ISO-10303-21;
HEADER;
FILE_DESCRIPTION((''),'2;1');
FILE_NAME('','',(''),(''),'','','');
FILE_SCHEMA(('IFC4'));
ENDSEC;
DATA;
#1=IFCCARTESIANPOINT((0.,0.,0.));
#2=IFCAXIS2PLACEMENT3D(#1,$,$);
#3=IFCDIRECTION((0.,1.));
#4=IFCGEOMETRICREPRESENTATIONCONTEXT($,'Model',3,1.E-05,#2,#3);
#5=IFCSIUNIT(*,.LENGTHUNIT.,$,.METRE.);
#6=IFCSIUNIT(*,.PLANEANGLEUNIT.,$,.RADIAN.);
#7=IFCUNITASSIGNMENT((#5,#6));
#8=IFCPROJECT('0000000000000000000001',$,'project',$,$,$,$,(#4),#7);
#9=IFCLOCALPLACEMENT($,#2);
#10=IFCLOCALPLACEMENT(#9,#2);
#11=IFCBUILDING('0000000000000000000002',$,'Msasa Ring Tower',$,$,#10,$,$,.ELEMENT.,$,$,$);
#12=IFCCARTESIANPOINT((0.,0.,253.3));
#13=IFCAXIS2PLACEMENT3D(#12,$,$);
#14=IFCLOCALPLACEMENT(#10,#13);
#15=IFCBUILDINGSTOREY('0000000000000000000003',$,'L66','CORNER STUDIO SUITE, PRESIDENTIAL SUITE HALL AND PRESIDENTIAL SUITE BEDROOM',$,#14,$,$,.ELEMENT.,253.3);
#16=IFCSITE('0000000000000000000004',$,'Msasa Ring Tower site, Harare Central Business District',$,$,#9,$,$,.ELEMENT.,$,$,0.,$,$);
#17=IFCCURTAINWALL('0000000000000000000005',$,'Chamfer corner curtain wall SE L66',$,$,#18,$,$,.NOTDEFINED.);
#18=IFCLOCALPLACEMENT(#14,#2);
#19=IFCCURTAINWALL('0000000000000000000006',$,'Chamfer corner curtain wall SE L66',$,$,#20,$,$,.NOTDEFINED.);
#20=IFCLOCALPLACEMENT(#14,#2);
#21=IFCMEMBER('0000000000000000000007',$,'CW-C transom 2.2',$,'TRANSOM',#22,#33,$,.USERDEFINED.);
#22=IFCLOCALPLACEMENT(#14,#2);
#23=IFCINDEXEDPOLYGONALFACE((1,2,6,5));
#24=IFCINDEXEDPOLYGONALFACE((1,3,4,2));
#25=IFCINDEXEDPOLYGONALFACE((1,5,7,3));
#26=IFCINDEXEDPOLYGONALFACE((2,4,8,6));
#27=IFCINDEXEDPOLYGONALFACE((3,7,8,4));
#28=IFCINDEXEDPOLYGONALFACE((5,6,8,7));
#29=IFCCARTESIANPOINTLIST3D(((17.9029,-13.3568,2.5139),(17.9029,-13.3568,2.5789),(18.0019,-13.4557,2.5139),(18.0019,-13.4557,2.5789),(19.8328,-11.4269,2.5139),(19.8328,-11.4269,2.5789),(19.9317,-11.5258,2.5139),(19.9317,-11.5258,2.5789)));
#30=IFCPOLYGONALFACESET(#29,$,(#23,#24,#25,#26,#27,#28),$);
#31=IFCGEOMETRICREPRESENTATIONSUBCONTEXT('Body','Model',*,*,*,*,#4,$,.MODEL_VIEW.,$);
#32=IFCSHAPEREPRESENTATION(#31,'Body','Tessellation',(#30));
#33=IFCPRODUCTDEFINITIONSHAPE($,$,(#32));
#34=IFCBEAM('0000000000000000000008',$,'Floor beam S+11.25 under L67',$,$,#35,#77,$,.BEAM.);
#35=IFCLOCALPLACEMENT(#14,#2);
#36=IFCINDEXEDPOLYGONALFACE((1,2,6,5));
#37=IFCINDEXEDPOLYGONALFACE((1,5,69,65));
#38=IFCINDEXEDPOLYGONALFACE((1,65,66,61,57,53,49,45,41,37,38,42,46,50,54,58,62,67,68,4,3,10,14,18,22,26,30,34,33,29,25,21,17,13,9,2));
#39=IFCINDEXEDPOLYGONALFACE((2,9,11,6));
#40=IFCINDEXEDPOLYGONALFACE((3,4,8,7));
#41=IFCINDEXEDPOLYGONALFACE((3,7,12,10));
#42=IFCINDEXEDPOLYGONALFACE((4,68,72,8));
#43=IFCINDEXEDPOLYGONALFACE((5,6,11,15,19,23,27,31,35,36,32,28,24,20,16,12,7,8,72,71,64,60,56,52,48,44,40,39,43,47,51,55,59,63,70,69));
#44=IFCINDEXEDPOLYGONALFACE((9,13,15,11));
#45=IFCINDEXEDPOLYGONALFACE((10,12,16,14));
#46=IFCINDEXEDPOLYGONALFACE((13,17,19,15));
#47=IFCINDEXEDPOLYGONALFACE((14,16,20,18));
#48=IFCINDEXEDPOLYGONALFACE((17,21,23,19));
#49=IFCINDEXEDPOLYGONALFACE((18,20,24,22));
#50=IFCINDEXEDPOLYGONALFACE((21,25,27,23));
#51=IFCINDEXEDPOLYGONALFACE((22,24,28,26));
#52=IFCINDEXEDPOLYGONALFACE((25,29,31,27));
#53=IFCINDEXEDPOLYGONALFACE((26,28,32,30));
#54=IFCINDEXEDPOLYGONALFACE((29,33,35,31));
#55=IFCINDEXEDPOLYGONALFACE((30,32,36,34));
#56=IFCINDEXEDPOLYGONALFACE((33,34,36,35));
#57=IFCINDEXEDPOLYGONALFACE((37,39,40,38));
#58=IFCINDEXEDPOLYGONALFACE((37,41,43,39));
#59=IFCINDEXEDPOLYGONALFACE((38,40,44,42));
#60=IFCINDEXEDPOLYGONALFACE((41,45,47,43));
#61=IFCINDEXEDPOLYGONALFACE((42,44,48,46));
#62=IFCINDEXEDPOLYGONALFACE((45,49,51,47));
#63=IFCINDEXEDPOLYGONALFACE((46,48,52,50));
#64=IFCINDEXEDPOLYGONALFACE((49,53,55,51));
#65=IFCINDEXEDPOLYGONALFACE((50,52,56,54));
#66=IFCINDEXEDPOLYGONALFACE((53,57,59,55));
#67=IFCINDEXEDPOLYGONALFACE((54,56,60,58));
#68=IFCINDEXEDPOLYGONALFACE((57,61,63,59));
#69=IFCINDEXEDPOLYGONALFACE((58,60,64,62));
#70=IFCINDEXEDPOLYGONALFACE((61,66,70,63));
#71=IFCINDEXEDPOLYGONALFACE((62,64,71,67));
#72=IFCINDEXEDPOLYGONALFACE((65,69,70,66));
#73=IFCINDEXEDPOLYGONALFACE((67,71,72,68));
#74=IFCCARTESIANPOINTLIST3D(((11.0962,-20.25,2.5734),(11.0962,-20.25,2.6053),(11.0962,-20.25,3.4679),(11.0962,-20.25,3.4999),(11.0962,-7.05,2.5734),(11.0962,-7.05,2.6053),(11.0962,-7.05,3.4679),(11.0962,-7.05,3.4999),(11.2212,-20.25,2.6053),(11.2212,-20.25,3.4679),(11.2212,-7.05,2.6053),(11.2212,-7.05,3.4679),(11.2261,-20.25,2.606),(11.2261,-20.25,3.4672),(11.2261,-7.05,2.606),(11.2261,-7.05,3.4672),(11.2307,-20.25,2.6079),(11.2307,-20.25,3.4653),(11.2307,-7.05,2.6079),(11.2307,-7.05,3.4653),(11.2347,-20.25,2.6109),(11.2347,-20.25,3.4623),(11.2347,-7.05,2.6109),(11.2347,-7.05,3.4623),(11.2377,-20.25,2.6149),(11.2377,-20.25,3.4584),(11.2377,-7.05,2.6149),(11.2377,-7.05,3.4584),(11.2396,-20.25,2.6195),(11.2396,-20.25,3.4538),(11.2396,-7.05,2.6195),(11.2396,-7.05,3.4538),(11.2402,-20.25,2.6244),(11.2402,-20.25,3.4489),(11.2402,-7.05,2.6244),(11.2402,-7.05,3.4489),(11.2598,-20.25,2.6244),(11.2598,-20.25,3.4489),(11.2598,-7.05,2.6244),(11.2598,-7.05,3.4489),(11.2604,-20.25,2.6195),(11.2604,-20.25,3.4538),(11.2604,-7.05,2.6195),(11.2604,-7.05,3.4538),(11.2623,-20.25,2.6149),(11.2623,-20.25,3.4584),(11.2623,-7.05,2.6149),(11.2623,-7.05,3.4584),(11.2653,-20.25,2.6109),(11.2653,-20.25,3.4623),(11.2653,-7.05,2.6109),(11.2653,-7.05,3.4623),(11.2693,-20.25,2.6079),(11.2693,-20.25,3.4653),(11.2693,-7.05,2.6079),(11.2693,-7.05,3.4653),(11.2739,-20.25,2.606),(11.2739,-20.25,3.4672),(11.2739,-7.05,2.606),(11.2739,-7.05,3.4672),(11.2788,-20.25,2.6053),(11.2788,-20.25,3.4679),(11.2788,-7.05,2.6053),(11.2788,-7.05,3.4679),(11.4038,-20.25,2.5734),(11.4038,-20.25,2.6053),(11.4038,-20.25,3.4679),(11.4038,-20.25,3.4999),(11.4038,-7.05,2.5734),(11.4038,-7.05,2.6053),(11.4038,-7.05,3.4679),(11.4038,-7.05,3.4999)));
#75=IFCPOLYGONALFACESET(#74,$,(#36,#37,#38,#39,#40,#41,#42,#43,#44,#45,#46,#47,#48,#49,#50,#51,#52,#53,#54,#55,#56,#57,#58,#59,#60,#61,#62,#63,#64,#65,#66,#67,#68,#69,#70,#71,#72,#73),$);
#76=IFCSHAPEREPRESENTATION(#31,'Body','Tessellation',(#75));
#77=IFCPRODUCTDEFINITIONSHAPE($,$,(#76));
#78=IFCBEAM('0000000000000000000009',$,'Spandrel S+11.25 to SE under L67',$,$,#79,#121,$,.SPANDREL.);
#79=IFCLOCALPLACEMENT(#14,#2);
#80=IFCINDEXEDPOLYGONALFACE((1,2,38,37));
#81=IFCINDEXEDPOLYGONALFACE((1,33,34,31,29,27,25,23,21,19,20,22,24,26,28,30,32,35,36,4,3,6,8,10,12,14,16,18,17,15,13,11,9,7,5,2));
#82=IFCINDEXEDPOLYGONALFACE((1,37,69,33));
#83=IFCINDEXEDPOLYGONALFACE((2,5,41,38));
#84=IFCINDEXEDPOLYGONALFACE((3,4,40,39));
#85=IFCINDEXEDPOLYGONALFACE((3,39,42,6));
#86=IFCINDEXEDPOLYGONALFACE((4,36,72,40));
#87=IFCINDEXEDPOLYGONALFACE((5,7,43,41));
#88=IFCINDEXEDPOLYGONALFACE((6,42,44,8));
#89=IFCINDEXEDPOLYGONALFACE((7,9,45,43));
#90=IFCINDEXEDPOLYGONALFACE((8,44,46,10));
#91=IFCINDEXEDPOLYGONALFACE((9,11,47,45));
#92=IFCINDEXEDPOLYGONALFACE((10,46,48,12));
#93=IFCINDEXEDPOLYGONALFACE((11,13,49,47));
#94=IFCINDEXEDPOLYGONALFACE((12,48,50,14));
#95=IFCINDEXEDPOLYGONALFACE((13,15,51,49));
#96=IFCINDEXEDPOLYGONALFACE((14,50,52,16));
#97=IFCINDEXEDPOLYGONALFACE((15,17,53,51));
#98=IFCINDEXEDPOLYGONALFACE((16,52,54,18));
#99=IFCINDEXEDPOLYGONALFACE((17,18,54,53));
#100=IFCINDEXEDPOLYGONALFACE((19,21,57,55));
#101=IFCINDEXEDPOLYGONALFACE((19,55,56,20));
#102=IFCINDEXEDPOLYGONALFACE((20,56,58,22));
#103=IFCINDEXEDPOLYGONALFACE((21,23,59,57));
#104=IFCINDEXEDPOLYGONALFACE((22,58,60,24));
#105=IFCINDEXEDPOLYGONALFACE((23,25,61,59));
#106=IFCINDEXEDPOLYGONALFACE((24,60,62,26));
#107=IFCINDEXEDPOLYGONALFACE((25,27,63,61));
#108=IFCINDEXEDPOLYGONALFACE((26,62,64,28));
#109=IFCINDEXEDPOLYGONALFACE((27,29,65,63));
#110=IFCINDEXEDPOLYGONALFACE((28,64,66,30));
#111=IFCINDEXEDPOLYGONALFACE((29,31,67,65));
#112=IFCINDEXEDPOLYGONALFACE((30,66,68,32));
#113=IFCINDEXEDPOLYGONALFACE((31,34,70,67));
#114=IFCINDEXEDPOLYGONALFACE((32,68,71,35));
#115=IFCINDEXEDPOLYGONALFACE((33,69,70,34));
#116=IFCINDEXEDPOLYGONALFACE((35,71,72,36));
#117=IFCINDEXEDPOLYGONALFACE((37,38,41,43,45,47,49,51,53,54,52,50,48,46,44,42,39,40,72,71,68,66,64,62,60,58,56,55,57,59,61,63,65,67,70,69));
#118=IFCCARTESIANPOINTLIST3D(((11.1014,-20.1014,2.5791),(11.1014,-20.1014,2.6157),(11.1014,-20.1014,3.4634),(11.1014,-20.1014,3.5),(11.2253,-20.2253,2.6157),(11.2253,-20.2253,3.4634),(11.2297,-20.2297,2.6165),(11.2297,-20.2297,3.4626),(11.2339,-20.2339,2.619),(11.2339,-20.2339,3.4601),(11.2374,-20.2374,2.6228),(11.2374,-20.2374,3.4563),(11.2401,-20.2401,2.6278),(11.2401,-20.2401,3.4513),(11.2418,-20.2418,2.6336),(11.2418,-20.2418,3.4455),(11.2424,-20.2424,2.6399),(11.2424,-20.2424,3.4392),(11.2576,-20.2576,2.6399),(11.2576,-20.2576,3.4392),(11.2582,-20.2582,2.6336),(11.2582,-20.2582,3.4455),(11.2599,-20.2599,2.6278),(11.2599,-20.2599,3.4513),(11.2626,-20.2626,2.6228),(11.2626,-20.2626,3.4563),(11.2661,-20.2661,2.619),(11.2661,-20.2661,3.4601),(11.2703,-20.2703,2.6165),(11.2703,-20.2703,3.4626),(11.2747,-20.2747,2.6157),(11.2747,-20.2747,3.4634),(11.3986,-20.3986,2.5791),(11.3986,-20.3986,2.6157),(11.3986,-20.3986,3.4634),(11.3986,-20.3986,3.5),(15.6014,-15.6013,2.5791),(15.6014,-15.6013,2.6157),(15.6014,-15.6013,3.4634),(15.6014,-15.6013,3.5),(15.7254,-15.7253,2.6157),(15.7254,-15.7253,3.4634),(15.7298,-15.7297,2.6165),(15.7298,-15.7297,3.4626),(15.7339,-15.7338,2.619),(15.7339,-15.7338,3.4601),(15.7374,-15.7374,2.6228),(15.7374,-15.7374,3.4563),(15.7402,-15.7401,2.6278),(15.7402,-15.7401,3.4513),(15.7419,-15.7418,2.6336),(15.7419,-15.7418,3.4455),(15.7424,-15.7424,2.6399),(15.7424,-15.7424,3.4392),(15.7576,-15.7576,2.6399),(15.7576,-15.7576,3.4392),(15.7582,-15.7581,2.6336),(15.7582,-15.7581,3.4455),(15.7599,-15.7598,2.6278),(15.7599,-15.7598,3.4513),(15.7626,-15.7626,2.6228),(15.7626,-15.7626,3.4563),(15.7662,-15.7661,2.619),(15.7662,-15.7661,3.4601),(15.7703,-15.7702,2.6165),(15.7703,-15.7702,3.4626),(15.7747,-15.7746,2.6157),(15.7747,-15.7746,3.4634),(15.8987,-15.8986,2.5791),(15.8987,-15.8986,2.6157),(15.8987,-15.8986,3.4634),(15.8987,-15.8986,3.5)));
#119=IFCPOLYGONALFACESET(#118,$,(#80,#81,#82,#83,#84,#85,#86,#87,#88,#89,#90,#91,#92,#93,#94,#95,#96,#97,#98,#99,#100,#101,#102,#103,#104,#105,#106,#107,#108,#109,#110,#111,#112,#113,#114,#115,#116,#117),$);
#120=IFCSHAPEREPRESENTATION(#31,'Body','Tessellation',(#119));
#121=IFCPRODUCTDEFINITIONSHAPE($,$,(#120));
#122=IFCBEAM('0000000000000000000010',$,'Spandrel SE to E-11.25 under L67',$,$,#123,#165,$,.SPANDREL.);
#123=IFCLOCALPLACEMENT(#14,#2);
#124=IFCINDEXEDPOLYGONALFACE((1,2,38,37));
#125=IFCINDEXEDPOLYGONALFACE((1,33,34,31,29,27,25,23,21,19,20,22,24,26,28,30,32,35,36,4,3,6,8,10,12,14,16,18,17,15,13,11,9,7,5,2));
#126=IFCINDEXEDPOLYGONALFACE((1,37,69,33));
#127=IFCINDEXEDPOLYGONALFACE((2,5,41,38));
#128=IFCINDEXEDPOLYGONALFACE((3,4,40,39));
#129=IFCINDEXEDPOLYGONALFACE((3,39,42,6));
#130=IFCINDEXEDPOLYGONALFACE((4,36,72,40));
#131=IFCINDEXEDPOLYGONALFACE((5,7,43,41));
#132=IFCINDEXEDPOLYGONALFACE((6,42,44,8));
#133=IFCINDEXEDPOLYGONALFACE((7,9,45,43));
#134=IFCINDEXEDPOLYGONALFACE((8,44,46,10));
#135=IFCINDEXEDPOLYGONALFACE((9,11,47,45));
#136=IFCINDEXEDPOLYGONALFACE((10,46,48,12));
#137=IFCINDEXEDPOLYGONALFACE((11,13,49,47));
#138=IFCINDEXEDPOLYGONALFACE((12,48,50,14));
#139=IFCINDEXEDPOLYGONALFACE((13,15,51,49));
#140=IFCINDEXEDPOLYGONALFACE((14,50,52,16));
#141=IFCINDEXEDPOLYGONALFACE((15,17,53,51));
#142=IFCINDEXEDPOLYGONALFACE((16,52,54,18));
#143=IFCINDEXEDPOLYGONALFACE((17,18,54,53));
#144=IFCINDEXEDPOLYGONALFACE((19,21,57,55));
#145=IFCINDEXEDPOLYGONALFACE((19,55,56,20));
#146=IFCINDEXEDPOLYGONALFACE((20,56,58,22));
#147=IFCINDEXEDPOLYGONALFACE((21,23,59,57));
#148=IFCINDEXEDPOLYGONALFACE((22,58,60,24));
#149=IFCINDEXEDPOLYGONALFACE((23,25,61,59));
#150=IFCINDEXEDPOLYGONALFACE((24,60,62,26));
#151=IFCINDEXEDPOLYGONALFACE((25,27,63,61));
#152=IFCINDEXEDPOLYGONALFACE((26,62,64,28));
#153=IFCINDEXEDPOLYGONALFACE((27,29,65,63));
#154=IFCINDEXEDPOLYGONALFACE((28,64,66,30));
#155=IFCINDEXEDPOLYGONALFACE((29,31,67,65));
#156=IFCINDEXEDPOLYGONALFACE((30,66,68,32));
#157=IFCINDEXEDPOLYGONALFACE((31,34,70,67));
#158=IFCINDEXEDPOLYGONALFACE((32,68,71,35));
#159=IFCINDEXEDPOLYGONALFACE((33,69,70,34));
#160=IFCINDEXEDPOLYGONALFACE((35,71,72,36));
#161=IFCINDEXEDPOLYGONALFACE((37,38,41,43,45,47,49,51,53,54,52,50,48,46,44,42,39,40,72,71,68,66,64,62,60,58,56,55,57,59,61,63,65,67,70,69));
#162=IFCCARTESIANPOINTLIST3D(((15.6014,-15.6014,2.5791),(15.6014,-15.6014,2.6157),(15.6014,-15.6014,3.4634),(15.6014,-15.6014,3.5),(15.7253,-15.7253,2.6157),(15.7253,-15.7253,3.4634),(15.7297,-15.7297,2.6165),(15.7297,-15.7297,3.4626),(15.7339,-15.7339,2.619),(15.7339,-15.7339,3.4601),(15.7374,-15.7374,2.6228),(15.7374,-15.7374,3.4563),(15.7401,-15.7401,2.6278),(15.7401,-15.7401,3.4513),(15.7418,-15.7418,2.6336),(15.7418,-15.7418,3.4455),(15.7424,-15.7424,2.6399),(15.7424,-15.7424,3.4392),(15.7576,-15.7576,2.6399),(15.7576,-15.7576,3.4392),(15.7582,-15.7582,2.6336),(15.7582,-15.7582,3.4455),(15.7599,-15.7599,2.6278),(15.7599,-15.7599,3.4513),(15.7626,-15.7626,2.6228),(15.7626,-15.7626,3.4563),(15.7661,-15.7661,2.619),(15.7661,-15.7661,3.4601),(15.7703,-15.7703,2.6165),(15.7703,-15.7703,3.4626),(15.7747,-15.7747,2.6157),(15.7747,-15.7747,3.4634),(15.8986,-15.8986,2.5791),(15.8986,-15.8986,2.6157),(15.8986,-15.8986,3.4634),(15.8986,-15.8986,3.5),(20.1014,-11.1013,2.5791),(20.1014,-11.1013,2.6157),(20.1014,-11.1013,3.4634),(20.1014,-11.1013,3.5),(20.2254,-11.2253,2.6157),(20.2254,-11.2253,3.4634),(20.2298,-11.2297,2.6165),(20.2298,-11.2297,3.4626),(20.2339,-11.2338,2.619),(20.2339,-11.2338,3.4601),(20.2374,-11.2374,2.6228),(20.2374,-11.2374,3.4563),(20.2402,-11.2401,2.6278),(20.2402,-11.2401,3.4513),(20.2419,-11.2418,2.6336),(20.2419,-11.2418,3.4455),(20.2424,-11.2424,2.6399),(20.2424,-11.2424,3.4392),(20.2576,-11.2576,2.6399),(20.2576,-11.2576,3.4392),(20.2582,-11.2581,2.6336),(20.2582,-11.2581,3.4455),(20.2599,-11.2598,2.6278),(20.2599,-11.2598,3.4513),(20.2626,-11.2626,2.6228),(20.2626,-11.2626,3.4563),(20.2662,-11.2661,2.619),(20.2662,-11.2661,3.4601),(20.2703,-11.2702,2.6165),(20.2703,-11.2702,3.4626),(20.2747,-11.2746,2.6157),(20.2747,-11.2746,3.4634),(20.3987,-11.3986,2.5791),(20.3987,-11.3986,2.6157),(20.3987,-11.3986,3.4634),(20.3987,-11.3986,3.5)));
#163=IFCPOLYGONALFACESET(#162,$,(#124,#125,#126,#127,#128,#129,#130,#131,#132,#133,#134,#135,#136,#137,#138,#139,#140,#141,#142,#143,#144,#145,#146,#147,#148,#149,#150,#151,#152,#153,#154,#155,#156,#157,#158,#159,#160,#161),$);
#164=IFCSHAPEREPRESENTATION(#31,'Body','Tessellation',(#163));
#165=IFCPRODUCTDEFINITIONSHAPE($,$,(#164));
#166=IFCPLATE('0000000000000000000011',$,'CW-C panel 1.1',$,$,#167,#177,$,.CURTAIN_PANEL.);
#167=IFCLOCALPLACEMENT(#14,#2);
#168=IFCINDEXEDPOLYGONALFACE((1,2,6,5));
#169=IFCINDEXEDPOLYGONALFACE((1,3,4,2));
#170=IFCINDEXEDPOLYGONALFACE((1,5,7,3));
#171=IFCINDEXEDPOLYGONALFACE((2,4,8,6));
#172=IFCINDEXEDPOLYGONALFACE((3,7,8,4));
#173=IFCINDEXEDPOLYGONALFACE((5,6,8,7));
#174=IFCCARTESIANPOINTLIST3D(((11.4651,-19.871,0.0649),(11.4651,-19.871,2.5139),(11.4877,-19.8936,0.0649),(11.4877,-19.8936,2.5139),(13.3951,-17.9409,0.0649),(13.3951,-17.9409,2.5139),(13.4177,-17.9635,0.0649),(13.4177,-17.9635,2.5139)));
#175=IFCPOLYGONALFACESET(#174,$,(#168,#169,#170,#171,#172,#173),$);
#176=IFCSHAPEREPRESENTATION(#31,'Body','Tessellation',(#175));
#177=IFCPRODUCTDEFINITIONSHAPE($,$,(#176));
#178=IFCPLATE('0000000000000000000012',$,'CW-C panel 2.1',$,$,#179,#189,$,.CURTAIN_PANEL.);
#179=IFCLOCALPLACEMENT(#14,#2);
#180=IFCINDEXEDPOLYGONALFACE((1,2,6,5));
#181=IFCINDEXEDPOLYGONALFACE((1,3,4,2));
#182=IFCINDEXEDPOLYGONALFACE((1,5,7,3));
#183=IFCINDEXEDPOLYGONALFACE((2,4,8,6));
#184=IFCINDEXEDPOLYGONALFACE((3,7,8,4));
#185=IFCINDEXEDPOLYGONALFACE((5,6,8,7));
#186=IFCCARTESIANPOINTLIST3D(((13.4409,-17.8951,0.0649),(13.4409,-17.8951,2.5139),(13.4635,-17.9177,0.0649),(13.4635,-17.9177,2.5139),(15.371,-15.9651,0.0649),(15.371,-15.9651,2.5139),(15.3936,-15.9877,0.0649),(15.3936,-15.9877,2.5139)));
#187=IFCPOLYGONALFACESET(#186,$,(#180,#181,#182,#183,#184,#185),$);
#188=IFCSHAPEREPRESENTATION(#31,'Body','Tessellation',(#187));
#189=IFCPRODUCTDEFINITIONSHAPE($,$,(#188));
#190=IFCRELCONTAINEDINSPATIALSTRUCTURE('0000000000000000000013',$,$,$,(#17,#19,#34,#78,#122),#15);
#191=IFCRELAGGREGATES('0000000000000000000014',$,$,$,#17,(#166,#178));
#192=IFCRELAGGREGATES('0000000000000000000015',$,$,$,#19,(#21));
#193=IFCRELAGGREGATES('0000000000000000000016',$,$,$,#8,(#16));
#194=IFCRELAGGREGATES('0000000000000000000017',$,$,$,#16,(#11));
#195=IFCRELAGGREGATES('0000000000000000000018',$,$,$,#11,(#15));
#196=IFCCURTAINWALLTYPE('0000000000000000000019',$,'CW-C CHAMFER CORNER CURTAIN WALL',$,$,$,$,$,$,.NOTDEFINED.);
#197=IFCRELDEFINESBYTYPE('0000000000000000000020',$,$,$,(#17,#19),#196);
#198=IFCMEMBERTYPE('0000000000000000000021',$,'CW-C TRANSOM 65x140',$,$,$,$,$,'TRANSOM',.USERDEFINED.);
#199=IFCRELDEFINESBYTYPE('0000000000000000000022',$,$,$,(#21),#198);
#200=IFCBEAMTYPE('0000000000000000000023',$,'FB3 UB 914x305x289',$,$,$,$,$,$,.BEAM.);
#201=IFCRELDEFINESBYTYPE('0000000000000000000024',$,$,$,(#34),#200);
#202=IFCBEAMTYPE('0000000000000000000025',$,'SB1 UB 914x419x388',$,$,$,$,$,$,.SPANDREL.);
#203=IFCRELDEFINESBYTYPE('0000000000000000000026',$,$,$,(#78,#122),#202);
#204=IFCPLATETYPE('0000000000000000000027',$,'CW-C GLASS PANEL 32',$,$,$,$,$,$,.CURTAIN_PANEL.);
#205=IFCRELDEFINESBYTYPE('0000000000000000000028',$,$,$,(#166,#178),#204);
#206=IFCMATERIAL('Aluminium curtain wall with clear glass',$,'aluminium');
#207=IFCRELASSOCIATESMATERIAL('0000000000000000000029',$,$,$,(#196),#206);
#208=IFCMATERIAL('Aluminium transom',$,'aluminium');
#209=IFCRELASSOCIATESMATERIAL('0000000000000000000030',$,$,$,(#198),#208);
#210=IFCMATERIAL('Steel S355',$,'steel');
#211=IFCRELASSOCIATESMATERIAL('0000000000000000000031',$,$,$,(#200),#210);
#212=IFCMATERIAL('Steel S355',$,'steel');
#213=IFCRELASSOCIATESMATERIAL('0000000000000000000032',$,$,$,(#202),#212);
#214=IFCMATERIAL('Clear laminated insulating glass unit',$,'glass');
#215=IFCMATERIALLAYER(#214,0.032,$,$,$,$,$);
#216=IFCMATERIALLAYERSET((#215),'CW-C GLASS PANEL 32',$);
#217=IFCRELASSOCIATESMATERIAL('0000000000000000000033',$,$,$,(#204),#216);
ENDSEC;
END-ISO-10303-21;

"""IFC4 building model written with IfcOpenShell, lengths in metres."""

from ifc_helpers import new_model, si_unit, direction, frame, origin, origin_2d, place, context, subcontext, project, spatial, rectangle, i_section, extrude, material, layer, layer_set, material_profile, profile_set, type_object, element, aggregate, save


model = new_model("IFC4")

# Units and contexts
model_context = context("Model", 3, precision=1e-05, world=origin(), true_north=direction((0.0, 1.0)))
body_context = subcontext(model_context, "Body", "Model", "MODEL_VIEW")
ifc_project = project(units=[si_unit("LENGTHUNIT", "METRE"), si_unit("PLANEANGLEUNIT", "RADIAN")], contexts=[model_context])

# Site, building, storey
site_placement = place(None, origin())
site = spatial("IfcSite", under=ifc_project, at=site_placement, Name="Msasa Ring Tower site, Harare Central Business District", CompositionType="ELEMENT", RefElevation=0.0)
building_placement = place(site_placement, origin())
building = spatial("IfcBuilding", under=site, at=building_placement, Name="Msasa Ring Tower", CompositionType="ELEMENT")
storey_placement = place(building_placement, frame((0.0, 0.0, 253.3)))
storey = spatial("IfcBuildingStorey", under=building, at=storey_placement, Name="L66", Description="CORNER STUDIO SUITE, PRESIDENTIAL SUITE HALL AND PRESIDENTIAL SUITE BEDROOM", CompositionType="ELEMENT", Elevation=253.3)

# Curtain walls
ifc_material_1 = material(Name="Aluminium curtain wall with clear glass", Category="aluminium")
curtain_wall_type = type_object("IfcCurtainWallType", Name="CW-C CHAMFER CORNER CURTAIN WALL", PredefinedType="NOTDEFINED", material=ifc_material_1)
curtain_wall_1_placement = place(storey_placement, origin())
curtain_wall_1 = element("IfcCurtainWall", 1, at=curtain_wall_1_placement, inside=storey, type_object=curtain_wall_type, Name="Chamfer corner curtain wall SE L66", PredefinedType="NOTDEFINED")
curtain_wall_2_placement = place(storey_placement, origin())
curtain_wall_2 = element("IfcCurtainWall", 2, at=curtain_wall_2_placement, inside=storey, type_object=curtain_wall_type, Name="Chamfer corner curtain wall SE L66", PredefinedType="NOTDEFINED")

# Member
ifc_material_2 = material(Name="Aluminium transom", Category="aluminium")
ifc_material_profile_1 = material_profile(ifc_material_2, rectangle(XDim=0.1399, YDim=0.0649, at=origin_2d()), Name="AL 65x140")
ifc_profile_set_1 = profile_set([ifc_material_profile_1], Name="Aluminium transom")
member_type_1 = type_object("IfcMemberType", Name="CW-C TRANSOM 65x140", ElementType="TRANSOM", PredefinedType="USERDEFINED", material=ifc_profile_set_1)
member_1_placement = place(storey_placement, frame((17.9524, -13.4062, 2.5464), z_axis=(0.707107, 0.707107, 0.0), x_axis=(-0.707107, 0.707107, 0.0)))
member_1 = element("IfcMember", 3, at=member_1_placement, type_object=member_type_1, Name="CW-C transom 2.2", ObjectType="TRANSOM", PredefinedType="USERDEFINED", context=body_context, shape_type="SweptSolid", body=[
    extrude(rectangle(XDim=0.1399, YDim=0.0649, at=origin_2d()), origin(), (0.0, 0.0, 1.0), 2.7292),
])

# Beams
ifc_material_3 = material(Name="Steel S355", Category="steel")
ifc_material_profile_2 = material_profile(ifc_material_3, i_section(OverallWidth=0.3076, OverallDepth=0.9265, WebThickness=0.0195, FlangeThickness=0.032, FilletRadius=0.019, at=origin_2d()), Name="UB 914x305x289")
ifc_profile_set_2 = profile_set([ifc_material_profile_2], Name="Steel S355")
beam_type_1 = type_object("IfcBeamType", Name="FB3 UB 914x305x289", PredefinedType="BEAM", material=ifc_profile_set_2)
beam_placement = place(storey_placement, frame((11.25, -20.25, 3.0366), z_axis=(0.0, 1.0, 0.0), x_axis=(-1.0, 0.0, 0.0)))
element("IfcBeam", 4, at=beam_placement, inside=storey, type_object=beam_type_1, Name="Floor beam S+11.25 under L67", PredefinedType="BEAM", context=body_context, shape_type="SweptSolid", body=[
    extrude(i_section(OverallWidth=0.3076, OverallDepth=0.9265, WebThickness=0.0195, FlangeThickness=0.032, FilletRadius=0.019, at=origin_2d()), origin(), (0.0, 0.0, 1.0), 13.2),
])
ifc_material_4 = material(Name="Steel S355", Category="steel")
ifc_material_profile_3 = material_profile(ifc_material_4, i_section(OverallWidth=0.4204, OverallDepth=0.9209, WebThickness=0.0215, FlangeThickness=0.0366, FilletRadius=0.0242, at=origin_2d()), Name="UB 914x419x388")
ifc_profile_set_3 = profile_set([ifc_material_profile_3], Name="Steel S355")
beam_type_2 = type_object("IfcBeamType", Name="SB1 UB 914x419x388", PredefinedType="SPANDREL", material=ifc_profile_set_3)
for number, where, z_axis, x_axis, name in (
    (5, (11.25, -20.25, 3.0396), (0.707107, 0.707107, 0.0), (-0.707107, 0.707107, 0.0), "Spandrel S+11.25 to SE under L67"),
    (6, (15.75, -15.75, 3.0396), (0.707107, 0.707107, 0.0), (-0.707107, 0.707107, 0.0), "Spandrel SE to E-11.25 under L67"),
):
    element("IfcBeam", number, at=place(storey_placement, frame(where, z_axis=z_axis, x_axis=x_axis)), inside=storey, type_object=beam_type_2, Name=name, PredefinedType="SPANDREL", context=body_context, shape_type="SweptSolid", body=[
        extrude(i_section(OverallWidth=0.4204, OverallDepth=0.9209, WebThickness=0.0215, FlangeThickness=0.0366, FilletRadius=0.0242, at=origin_2d()), origin(), (0.0, 0.0, 1.0), 6.364),
    ])

# Plates
ifc_material_5 = material(Name="Clear laminated insulating glass unit", Category="glass")
ifc_layer_1 = layer(ifc_material_5, 0.032)
ifc_layer_set_1 = layer_set([ifc_layer_1], Name="CW-C GLASS PANEL 32")
plate_type = type_object("IfcPlateType", Name="CW-C GLASS PANEL 32", PredefinedType="CURTAIN_PANEL", material=ifc_layer_set_1)
plate_1_placement = place(storey_placement, frame((12.4414, -18.9172, 0.0649), z_axis=(0.0, 0.0, 1.0), x_axis=(0.707107, 0.707107, 0.0)))
plate_1 = element("IfcPlate", 7, at=plate_1_placement, type_object=plate_type, Name="CW-C panel 1.1", PredefinedType="CURTAIN_PANEL", context=body_context, shape_type="SweptSolid", body=[
    extrude(rectangle(XDim=2.7295, YDim=0.032, at=origin_2d()), origin(), (0.0, 0.0, 1.0), 2.449),
])
plate_2_placement = place(storey_placement, frame((14.4172, -16.9414, 0.0649), z_axis=(0.0, 0.0, 1.0), x_axis=(0.707107, 0.707107, 0.0)))
plate_2 = element("IfcPlate", 8, at=plate_2_placement, type_object=plate_type, Name="CW-C panel 2.1", PredefinedType="CURTAIN_PANEL", context=body_context, shape_type="SweptSolid", body=[
    extrude(rectangle(XDim=2.7295, YDim=0.032, at=origin_2d()), origin(), (0.0, 0.0, 1.0), 2.449),
])
aggregate(curtain_wall_1, [plate_1, plate_2])
aggregate(curtain_wall_2, [member_1])

save(model, "model.ifc")
